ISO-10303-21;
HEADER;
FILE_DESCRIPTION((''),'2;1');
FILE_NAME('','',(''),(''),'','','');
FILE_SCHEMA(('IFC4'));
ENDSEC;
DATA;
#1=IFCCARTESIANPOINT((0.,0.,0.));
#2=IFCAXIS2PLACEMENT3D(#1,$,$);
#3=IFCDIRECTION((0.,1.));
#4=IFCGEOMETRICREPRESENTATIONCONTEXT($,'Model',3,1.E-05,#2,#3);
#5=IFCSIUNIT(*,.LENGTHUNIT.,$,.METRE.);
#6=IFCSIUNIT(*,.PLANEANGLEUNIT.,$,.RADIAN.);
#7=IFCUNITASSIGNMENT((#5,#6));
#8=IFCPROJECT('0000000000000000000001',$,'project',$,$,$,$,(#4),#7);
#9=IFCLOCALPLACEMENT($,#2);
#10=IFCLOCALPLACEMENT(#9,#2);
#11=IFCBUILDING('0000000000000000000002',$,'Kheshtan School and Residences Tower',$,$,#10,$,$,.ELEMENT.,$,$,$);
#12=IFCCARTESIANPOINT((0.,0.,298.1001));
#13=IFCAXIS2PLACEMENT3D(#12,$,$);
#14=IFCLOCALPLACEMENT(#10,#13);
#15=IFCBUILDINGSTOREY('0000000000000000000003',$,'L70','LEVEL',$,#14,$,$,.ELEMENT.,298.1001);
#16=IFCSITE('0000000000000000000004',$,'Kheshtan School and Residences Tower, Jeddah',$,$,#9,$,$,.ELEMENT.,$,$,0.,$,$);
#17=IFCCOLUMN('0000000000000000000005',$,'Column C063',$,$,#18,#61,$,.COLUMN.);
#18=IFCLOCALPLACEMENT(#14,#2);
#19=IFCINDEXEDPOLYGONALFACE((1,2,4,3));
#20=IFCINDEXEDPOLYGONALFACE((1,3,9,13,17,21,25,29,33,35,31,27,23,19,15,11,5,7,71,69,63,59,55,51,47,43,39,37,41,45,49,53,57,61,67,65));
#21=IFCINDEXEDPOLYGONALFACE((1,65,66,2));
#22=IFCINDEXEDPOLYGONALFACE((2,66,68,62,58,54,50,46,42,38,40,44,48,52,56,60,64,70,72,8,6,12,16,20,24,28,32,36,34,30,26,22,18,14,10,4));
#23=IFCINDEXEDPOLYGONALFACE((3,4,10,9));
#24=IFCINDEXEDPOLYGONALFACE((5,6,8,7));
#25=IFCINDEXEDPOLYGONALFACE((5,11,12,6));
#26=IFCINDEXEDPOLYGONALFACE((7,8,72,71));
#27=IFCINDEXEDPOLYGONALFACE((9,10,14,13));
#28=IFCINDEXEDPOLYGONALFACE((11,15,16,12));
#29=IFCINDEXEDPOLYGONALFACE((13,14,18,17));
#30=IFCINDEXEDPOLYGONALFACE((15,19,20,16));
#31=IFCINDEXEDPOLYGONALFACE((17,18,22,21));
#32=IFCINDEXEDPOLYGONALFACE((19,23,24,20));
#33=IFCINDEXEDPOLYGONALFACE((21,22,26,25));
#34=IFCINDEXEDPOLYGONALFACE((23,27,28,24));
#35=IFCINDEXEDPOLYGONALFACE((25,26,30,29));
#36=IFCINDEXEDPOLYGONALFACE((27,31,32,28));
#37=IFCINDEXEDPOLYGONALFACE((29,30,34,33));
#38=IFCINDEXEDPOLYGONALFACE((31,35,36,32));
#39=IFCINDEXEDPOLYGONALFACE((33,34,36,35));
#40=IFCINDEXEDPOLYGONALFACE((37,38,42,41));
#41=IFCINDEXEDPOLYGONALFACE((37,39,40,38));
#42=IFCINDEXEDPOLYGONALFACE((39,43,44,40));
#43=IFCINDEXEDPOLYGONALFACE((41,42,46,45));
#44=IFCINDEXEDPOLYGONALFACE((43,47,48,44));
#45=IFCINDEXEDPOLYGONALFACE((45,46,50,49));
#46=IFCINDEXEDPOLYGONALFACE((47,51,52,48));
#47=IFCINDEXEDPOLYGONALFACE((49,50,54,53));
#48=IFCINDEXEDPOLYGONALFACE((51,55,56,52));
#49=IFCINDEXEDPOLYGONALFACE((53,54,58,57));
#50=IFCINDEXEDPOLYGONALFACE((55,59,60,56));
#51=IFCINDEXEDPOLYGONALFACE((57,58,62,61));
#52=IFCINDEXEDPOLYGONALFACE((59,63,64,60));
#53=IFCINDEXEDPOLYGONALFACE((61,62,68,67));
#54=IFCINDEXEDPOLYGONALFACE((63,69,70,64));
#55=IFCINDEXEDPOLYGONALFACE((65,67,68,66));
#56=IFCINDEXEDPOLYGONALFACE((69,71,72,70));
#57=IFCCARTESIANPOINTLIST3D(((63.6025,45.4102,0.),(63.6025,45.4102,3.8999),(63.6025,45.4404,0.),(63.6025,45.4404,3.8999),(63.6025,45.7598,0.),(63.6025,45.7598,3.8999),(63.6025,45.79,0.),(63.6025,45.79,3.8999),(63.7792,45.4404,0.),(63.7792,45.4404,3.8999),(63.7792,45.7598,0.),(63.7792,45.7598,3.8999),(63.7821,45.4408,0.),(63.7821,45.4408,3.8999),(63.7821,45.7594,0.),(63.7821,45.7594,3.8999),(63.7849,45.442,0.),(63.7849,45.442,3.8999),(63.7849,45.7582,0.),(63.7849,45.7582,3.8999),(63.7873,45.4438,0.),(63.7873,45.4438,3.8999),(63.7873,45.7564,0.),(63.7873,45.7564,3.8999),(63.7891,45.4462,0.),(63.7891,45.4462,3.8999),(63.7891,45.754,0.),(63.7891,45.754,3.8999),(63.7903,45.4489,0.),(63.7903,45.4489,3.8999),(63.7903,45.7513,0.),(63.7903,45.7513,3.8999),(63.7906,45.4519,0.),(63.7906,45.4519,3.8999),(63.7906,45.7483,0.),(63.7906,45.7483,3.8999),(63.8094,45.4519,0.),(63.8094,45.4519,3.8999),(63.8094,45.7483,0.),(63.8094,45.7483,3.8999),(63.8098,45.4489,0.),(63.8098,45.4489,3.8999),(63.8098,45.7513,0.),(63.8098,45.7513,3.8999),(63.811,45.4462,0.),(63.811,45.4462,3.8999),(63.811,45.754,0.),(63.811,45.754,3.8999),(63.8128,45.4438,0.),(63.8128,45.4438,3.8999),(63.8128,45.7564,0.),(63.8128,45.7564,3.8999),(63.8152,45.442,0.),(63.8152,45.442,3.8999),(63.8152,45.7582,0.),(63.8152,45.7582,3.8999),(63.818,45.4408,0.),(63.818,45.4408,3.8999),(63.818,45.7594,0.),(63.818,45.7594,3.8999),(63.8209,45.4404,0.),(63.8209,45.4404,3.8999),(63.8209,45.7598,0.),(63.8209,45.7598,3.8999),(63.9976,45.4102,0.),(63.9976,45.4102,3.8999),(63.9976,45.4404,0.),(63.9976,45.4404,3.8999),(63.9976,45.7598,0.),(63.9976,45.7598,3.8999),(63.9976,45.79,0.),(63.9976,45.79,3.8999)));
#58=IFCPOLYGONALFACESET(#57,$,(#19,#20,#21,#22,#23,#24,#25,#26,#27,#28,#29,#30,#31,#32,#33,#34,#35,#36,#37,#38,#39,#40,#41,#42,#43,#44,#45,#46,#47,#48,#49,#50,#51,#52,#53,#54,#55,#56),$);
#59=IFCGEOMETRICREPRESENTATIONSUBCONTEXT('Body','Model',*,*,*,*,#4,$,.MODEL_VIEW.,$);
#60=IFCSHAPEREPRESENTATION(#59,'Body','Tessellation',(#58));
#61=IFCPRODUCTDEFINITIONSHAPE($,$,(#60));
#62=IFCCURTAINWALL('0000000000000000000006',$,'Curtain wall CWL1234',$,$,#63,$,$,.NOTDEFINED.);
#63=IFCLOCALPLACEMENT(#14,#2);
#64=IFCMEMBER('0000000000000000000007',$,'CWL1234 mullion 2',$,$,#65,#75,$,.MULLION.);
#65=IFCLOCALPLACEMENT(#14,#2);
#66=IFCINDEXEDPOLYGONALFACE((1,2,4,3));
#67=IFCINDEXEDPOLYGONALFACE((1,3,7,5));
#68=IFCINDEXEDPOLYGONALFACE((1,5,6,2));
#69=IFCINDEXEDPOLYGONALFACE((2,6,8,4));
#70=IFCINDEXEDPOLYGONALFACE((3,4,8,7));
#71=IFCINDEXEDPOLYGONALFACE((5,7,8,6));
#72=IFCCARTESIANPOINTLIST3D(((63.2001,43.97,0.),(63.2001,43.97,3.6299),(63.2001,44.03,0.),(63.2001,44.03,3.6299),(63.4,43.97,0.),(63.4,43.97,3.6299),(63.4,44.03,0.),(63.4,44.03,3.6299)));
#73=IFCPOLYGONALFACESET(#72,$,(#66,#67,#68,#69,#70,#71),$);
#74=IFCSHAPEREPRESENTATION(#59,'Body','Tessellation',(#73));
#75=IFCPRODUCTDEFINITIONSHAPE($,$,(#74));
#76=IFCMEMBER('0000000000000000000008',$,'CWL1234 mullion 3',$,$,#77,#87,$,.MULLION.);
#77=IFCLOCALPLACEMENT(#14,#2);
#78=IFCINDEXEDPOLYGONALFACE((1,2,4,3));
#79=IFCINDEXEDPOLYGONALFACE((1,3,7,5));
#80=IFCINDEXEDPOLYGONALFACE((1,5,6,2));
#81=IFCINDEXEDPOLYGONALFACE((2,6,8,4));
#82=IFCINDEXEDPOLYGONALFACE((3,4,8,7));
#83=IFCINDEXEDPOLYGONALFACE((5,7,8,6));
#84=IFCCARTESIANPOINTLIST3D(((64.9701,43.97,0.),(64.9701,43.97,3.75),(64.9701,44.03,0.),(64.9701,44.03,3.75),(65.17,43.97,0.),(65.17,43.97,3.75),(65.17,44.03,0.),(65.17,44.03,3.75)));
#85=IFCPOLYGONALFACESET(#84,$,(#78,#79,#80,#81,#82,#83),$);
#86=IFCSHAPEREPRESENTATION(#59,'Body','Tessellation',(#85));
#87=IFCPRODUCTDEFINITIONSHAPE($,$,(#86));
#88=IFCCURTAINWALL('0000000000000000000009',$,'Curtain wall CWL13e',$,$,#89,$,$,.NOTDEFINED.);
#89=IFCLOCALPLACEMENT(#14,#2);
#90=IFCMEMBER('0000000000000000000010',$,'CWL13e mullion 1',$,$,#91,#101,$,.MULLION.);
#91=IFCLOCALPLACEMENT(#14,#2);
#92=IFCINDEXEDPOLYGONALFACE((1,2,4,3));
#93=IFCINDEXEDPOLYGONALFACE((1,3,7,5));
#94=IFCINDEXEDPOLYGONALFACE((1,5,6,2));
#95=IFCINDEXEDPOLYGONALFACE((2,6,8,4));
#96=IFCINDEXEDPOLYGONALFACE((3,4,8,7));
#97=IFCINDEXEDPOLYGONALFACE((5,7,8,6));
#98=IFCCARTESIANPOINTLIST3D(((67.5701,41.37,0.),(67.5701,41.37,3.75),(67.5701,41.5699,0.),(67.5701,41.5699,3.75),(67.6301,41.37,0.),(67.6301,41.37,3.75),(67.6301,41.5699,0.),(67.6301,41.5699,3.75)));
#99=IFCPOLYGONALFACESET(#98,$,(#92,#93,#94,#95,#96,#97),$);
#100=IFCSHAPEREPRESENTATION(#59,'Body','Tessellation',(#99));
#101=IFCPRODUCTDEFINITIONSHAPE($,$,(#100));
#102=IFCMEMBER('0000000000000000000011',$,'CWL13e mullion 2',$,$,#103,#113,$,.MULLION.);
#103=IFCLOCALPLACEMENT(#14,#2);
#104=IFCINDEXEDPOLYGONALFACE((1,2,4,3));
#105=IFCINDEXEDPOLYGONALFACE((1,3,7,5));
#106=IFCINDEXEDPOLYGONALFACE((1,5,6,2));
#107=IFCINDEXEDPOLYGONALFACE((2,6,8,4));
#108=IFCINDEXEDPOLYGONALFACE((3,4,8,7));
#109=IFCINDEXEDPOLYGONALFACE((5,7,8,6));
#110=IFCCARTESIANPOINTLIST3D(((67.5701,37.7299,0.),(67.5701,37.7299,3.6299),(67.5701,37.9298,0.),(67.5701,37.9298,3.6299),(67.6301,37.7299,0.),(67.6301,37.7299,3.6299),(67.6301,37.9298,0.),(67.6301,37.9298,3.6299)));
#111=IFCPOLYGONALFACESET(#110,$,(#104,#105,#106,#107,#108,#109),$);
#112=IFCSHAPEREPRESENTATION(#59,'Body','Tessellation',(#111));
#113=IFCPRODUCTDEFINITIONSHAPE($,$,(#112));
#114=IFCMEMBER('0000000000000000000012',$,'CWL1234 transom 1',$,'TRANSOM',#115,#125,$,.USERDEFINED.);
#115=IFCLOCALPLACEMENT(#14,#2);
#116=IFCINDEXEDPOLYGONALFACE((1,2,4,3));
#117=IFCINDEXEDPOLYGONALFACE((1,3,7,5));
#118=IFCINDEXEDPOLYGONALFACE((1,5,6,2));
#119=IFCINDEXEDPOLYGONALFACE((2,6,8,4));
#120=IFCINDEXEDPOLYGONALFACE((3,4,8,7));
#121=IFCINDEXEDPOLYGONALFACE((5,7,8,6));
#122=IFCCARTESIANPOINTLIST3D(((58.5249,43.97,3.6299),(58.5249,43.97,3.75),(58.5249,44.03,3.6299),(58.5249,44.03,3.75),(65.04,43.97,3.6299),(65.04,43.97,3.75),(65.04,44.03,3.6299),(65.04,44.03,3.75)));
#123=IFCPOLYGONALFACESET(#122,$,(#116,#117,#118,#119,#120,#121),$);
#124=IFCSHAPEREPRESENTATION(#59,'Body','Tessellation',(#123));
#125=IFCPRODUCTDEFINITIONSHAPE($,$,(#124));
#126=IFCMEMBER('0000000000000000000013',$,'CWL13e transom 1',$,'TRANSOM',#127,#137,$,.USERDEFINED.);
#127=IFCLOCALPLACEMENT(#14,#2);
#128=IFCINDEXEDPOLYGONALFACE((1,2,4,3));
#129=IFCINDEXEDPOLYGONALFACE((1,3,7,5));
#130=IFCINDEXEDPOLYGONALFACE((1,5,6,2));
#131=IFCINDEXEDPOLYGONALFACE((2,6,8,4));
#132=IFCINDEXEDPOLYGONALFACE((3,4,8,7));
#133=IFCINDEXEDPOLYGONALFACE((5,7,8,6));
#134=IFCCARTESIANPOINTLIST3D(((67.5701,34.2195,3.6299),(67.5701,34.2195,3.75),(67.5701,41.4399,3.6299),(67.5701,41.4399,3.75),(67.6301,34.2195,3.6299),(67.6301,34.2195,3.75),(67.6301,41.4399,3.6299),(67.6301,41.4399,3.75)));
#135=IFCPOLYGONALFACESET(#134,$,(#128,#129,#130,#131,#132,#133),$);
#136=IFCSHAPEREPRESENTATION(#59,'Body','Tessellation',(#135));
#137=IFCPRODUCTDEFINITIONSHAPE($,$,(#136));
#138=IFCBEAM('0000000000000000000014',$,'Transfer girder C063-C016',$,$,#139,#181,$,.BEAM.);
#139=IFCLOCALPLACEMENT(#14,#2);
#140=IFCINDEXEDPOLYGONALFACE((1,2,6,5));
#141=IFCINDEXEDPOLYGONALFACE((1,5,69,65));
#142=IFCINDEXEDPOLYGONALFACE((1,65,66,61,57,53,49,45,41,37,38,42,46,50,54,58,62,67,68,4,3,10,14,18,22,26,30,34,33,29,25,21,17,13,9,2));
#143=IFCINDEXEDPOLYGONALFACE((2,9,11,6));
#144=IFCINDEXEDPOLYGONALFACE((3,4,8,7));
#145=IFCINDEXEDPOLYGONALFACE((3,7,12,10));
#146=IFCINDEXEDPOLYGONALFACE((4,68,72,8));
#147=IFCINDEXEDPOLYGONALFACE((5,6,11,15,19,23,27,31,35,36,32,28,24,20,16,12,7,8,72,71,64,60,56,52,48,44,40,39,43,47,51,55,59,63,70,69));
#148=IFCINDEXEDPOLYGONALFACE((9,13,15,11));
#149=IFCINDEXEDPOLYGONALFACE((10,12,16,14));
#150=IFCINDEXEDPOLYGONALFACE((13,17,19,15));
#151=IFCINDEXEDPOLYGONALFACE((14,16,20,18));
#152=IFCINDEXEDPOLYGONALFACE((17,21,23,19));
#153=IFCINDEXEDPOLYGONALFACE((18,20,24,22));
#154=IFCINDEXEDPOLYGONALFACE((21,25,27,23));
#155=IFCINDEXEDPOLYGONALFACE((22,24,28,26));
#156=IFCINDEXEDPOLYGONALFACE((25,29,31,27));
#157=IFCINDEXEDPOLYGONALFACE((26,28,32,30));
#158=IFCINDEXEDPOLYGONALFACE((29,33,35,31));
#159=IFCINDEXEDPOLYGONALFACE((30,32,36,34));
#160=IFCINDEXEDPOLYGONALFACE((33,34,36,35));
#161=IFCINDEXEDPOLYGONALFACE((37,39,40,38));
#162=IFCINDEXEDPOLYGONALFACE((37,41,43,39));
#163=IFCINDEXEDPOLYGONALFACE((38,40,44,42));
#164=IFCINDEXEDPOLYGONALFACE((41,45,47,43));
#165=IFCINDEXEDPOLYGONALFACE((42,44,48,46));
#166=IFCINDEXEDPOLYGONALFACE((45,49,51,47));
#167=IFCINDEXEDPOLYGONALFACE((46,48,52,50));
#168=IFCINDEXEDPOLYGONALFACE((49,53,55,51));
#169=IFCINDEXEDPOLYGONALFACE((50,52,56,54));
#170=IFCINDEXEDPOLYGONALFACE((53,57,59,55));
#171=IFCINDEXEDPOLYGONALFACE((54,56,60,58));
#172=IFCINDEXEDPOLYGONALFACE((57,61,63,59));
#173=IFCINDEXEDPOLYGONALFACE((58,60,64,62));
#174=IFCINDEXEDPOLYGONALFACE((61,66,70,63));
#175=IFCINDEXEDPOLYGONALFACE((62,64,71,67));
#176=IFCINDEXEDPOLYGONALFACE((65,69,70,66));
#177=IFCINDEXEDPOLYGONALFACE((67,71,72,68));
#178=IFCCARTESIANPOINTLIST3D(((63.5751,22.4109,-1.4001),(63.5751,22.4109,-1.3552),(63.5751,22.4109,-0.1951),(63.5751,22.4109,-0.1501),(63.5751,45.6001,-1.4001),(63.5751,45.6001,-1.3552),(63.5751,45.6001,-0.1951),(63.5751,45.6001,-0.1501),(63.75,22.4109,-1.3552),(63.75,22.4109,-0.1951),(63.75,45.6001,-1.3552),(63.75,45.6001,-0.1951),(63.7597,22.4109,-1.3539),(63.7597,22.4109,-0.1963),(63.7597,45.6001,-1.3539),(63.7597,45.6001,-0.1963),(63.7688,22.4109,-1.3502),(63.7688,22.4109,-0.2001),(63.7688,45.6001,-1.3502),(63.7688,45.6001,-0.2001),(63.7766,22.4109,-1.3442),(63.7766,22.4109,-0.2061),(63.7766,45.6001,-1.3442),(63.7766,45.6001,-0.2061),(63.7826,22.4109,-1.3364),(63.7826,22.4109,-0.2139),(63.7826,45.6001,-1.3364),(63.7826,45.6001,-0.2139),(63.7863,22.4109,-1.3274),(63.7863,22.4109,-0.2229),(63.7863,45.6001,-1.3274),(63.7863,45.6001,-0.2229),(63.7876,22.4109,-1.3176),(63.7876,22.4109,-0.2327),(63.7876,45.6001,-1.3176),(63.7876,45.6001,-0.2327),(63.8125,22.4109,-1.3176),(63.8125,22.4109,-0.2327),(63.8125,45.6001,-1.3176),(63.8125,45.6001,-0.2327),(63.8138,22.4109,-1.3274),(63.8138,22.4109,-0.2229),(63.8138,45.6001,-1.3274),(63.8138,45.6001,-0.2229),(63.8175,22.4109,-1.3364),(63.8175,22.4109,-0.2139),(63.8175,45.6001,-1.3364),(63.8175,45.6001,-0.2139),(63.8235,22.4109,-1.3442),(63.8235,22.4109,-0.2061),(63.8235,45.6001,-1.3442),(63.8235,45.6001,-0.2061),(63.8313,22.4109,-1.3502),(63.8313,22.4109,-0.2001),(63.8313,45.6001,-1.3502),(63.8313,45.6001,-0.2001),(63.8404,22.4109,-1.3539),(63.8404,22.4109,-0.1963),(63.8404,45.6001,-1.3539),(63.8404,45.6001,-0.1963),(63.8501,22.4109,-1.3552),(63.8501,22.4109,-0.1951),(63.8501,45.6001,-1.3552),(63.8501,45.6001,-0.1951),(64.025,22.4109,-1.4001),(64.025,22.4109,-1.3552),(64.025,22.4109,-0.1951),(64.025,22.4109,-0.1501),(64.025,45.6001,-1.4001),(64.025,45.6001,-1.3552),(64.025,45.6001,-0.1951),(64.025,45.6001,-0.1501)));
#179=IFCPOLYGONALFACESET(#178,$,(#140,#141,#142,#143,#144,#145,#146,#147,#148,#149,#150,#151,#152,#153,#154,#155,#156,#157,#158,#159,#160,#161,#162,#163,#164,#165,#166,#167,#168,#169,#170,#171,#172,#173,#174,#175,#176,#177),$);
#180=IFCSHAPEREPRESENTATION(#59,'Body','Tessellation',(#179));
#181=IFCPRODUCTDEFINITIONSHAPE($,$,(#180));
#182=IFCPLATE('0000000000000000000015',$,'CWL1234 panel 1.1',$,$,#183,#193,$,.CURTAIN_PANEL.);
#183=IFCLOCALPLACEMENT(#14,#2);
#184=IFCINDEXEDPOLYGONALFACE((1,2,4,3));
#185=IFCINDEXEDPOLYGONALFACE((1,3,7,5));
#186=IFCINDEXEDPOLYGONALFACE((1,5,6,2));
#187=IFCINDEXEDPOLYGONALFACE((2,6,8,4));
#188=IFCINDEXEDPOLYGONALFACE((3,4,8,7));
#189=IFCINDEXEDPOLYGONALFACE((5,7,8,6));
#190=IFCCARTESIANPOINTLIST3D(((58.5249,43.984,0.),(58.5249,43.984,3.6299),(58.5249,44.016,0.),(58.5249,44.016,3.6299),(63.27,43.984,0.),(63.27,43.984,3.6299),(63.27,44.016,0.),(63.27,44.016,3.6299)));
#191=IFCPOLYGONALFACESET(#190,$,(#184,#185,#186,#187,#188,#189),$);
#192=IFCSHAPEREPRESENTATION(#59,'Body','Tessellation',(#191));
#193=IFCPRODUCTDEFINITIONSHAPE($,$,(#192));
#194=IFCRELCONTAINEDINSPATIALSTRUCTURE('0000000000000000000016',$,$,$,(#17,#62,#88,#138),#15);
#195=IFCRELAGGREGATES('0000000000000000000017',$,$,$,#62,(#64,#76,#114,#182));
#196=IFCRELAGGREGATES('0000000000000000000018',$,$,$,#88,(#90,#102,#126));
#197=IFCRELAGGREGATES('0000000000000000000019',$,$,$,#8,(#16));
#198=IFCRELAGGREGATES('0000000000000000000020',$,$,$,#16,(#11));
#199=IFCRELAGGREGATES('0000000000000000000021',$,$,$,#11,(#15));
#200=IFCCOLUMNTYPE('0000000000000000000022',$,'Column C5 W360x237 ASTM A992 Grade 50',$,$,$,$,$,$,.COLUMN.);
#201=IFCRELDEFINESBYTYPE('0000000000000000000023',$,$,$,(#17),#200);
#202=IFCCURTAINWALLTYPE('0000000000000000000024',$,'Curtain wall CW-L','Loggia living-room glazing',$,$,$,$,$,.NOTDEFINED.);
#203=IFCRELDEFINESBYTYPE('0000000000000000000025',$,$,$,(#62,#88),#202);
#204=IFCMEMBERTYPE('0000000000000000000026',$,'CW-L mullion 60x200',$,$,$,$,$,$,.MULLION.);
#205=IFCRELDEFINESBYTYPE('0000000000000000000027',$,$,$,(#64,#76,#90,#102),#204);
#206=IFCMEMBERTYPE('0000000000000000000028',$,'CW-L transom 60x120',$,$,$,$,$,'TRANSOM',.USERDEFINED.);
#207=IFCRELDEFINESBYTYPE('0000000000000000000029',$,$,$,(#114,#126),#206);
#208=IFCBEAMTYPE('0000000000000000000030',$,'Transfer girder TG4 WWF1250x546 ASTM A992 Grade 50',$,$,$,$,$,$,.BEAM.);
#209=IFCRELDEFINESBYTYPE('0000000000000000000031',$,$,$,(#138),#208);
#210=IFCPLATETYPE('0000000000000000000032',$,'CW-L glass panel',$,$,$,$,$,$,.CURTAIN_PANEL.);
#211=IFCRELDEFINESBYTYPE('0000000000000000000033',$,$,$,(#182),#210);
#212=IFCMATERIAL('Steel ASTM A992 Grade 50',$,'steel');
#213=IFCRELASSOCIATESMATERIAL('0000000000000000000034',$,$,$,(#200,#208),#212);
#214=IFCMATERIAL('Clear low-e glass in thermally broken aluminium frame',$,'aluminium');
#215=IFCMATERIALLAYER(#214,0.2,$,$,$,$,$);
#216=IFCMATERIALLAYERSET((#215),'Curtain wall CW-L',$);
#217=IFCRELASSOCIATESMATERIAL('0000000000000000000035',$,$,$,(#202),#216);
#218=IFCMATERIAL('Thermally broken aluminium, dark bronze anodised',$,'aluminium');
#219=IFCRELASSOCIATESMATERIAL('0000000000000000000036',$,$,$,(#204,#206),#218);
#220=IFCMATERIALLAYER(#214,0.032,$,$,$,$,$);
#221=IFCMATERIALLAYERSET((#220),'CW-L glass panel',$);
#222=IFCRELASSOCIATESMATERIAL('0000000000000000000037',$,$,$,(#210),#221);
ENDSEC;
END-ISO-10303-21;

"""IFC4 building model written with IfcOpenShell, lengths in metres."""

from ifc_helpers import new_model, si_unit, direction, frame, origin, origin_2d, place, context, subcontext, project, spatial, rectangle, i_section, extrude, material, layer, layer_set, material_profile, profile_set, type_object, element, aggregate, save


model = new_model("IFC4")

# Units and contexts
model_context = context("Model", 3, precision=1e-05, world=origin(), true_north=direction((0.0, 1.0)))
body_context = subcontext(model_context, "Body", "Model", "MODEL_VIEW")
ifc_project = project(units=[si_unit("LENGTHUNIT", "METRE"), si_unit("PLANEANGLEUNIT", "RADIAN")], contexts=[model_context])

# Site, building, storey
site_placement = place(None, origin())
site = spatial("IfcSite", under=ifc_project, at=site_placement, Name="Kheshtan School and Residences Tower, Jeddah", CompositionType="ELEMENT", RefElevation=0.0)
building_placement = place(site_placement, origin())
building = spatial("IfcBuilding", under=site, at=building_placement, Name="Kheshtan School and Residences Tower", CompositionType="ELEMENT")
storey_placement = place(building_placement, frame((0.0, 0.0, 298.1001)))
storey = spatial("IfcBuildingStorey", under=building, at=storey_placement, Name="L70", Description="LEVEL", CompositionType="ELEMENT", Elevation=298.1001)

# Column
ifc_material_1 = material(Name="Steel ASTM A992 Grade 50", Category="steel")
ifc_material_profile_1 = material_profile(ifc_material_1, i_section(OverallWidth=0.395, OverallDepth=0.3799, WebThickness=0.0188, FlangeThickness=0.0303, FilletRadius=0.0115, at=origin_2d()), Name="W360x237")
ifc_profile_set_1 = profile_set([ifc_material_profile_1], Name="Steel ASTM A992 Grade 50")
column_type = type_object("IfcColumnType", Name="Column C5 W360x237 ASTM A992 Grade 50", PredefinedType="COLUMN", material=ifc_profile_set_1)
column_placement = place(storey_placement, frame((63.8, 45.6001, 0.0), z_axis=(0.0, 0.0, 1.0), x_axis=(1.0, 0.0, 0.0)))
element("IfcColumn", 1, at=column_placement, inside=storey, type_object=column_type, Name="Column C063", PredefinedType="COLUMN", context=body_context, shape_type="SweptSolid", body=[
    extrude(i_section(OverallWidth=0.395, OverallDepth=0.3799, WebThickness=0.0188, FlangeThickness=0.0303, FilletRadius=0.0115, at=origin_2d()), origin(), (0.0, 0.0, 1.0), 3.8999),
])

# Curtain walls, members
ifc_material_2 = material(Name="Clear low-e glass in thermally broken aluminium frame", Category="aluminium")
ifc_layer_1 = layer(ifc_material_2, 0.2)
ifc_layer_set_1 = layer_set([ifc_layer_1], Name="Curtain wall CW-L")
curtain_wall_type = type_object("IfcCurtainWallType", Name="Curtain wall CW-L", Description="Loggia living-room glazing", PredefinedType="NOTDEFINED", material=ifc_layer_set_1)
curtain_wall_1_placement = place(storey_placement, origin())
curtain_wall_1 = element("IfcCurtainWall", 2, at=curtain_wall_1_placement, inside=storey, type_object=curtain_wall_type, Name="Curtain wall CWL1234", PredefinedType="NOTDEFINED")
ifc_material_3 = material(Name="Thermally broken aluminium, dark bronze anodised", Category="aluminium")
ifc_material_profile_2 = material_profile(ifc_material_3, rectangle(XDim=0.0601, YDim=0.2, at=origin_2d()), Name="CW-L mullion 60x200")
ifc_profile_set_2 = profile_set([ifc_material_profile_2], Name="Thermally broken aluminium, dark bronze anodised")
member_type_1 = type_object("IfcMemberType", Name="CW-L mullion 60x200", PredefinedType="MULLION", material=ifc_profile_set_2)
member_1_placement = place(storey_placement, frame((63.3, 44.0, 0.0), z_axis=(0.0, 0.0, 1.0), x_axis=(0.0, 1.0, 0.0)))
member_1 = element("IfcMember", 3, at=member_1_placement, type_object=member_type_1, Name="CWL1234 mullion 2", PredefinedType="MULLION", context=body_context, shape_type="SweptSolid", body=[
    extrude(rectangle(XDim=0.0601, YDim=0.2, at=origin_2d()), origin(), (0.0, 0.0, 1.0), 3.6299),
])
member_2_placement = place(storey_placement, frame((65.0701, 44.0, 0.0), z_axis=(0.0, 0.0, 1.0), x_axis=(0.0, 1.0, 0.0)))
member_2 = element("IfcMember", 4, at=member_2_placement, type_object=member_type_1, Name="CWL1234 mullion 3", PredefinedType="MULLION", context=body_context, shape_type="SweptSolid", body=[
    extrude(rectangle(XDim=0.0601, YDim=0.2, at=origin_2d()), origin(), (0.0, 0.0, 1.0), 3.75),
])
curtain_wall_2_placement = place(storey_placement, origin())
curtain_wall_2 = element("IfcCurtainWall", 5, at=curtain_wall_2_placement, inside=storey, type_object=curtain_wall_type, Name="Curtain wall CWL13e", PredefinedType="NOTDEFINED")
member_3_placement = place(storey_placement, frame((67.6001, 41.47, 0.0), z_axis=(0.0, 0.0, 1.0), x_axis=(1.0, 0.0, 0.0)))
member_3 = element("IfcMember", 6, at=member_3_placement, type_object=member_type_1, Name="CWL13e mullion 1", PredefinedType="MULLION", context=body_context, shape_type="SweptSolid", body=[
    extrude(rectangle(XDim=0.0601, YDim=0.2, at=origin_2d()), origin(), (0.0, 0.0, 1.0), 3.75),
])
member_4_placement = place(storey_placement, frame((67.6001, 37.8298, 0.0), z_axis=(0.0, 0.0, 1.0), x_axis=(1.0, 0.0, 0.0)))
member_4 = element("IfcMember", 7, at=member_4_placement, type_object=member_type_1, Name="CWL13e mullion 2", PredefinedType="MULLION", context=body_context, shape_type="SweptSolid", body=[
    extrude(rectangle(XDim=0.0601, YDim=0.2, at=origin_2d()), origin(), (0.0, 0.0, 1.0), 3.6299),
])

# Members
ifc_material_profile_3 = material_profile(ifc_material_3, rectangle(XDim=0.0601, YDim=0.1201, at=origin_2d()), Name="CW-L transom 60x120")
ifc_profile_set_3 = profile_set([ifc_material_profile_3], Name="Thermally broken aluminium, dark bronze anodised")
member_type_2 = type_object("IfcMemberType", Name="CW-L transom 60x120", ElementType="TRANSOM", PredefinedType="USERDEFINED", material=ifc_profile_set_3)
member_5_placement = place(storey_placement, frame((58.5249, 44.0, 3.6899), z_axis=(1.0, 0.0, 0.0), x_axis=(0.0, 1.0, 0.0)))
member_5 = element("IfcMember", 8, at=member_5_placement, type_object=member_type_2, Name="CWL1234 transom 1", ObjectType="TRANSOM", PredefinedType="USERDEFINED", context=body_context, shape_type="SweptSolid", body=[
    extrude(rectangle(XDim=0.0601, YDim=0.1201, at=origin_2d()), origin(), (0.0, 0.0, 1.0), 6.5151),
])
member_6_placement = place(storey_placement, frame((67.6001, 41.4399, 3.6899), z_axis=(0.0, -1.0, 0.0), x_axis=(1.0, 0.0, 0.0)))
member_6 = element("IfcMember", 9, at=member_6_placement, type_object=member_type_2, Name="CWL13e transom 1", ObjectType="TRANSOM", PredefinedType="USERDEFINED", context=body_context, shape_type="SweptSolid", body=[
    extrude(rectangle(XDim=0.0601, YDim=0.1201, at=origin_2d()), origin(), (0.0, 0.0, 1.0), 7.2205),
])

# Beam
ifc_material_profile_4 = material_profile(ifc_material_1, i_section(OverallWidth=0.45, OverallDepth=1.25, WebThickness=0.0249, FlangeThickness=0.0449, FilletRadius=0.0376, at=origin_2d()), Name="WWF1250x546")
ifc_profile_set_4 = profile_set([ifc_material_profile_4], Name="Steel ASTM A992 Grade 50")
beam_type = type_object("IfcBeamType", Name="Transfer girder TG4 WWF1250x546 ASTM A992 Grade 50", PredefinedType="BEAM", material=ifc_profile_set_4)
beam_placement = place(storey_placement, frame((63.8, 45.6001, -0.7751), z_axis=(0.0, -1.0, 0.0), x_axis=(1.0, 0.0, 0.0)))
element("IfcBeam", 10, at=beam_placement, inside=storey, type_object=beam_type, Name="Transfer girder C063-C016", PredefinedType="BEAM", context=body_context, shape_type="SweptSolid", body=[
    extrude(i_section(OverallWidth=0.45, OverallDepth=1.25, WebThickness=0.0249, FlangeThickness=0.0449, FilletRadius=0.0376, at=origin_2d()), origin(), (0.0, 0.0, 1.0), 23.1892),
])

# Plate
ifc_layer_2 = layer(ifc_material_2, 0.032)
ifc_layer_set_2 = layer_set([ifc_layer_2], Name="CW-L glass panel")
plate_type = type_object("IfcPlateType", Name="CW-L glass panel", PredefinedType="CURTAIN_PANEL", material=ifc_layer_set_2)
plate_1_placement = place(storey_placement, frame((60.8975, 44.0, 0.0), z_axis=(0.0, 0.0, 1.0), x_axis=(1.0, 0.0, 0.0)))
plate_1 = element("IfcPlate", 11, at=plate_1_placement, type_object=plate_type, Name="CWL1234 panel 1.1", PredefinedType="CURTAIN_PANEL", context=body_context, shape_type="SweptSolid", body=[
    extrude(rectangle(XDim=4.7451, YDim=0.032, at=origin_2d()), origin(), (0.0, 0.0, 1.0), 3.6299),
])
aggregate(curtain_wall_1, [member_1, member_2, member_5, plate_1])
aggregate(curtain_wall_2, [member_3, member_4, member_6])

save(model, "model.ifc")
